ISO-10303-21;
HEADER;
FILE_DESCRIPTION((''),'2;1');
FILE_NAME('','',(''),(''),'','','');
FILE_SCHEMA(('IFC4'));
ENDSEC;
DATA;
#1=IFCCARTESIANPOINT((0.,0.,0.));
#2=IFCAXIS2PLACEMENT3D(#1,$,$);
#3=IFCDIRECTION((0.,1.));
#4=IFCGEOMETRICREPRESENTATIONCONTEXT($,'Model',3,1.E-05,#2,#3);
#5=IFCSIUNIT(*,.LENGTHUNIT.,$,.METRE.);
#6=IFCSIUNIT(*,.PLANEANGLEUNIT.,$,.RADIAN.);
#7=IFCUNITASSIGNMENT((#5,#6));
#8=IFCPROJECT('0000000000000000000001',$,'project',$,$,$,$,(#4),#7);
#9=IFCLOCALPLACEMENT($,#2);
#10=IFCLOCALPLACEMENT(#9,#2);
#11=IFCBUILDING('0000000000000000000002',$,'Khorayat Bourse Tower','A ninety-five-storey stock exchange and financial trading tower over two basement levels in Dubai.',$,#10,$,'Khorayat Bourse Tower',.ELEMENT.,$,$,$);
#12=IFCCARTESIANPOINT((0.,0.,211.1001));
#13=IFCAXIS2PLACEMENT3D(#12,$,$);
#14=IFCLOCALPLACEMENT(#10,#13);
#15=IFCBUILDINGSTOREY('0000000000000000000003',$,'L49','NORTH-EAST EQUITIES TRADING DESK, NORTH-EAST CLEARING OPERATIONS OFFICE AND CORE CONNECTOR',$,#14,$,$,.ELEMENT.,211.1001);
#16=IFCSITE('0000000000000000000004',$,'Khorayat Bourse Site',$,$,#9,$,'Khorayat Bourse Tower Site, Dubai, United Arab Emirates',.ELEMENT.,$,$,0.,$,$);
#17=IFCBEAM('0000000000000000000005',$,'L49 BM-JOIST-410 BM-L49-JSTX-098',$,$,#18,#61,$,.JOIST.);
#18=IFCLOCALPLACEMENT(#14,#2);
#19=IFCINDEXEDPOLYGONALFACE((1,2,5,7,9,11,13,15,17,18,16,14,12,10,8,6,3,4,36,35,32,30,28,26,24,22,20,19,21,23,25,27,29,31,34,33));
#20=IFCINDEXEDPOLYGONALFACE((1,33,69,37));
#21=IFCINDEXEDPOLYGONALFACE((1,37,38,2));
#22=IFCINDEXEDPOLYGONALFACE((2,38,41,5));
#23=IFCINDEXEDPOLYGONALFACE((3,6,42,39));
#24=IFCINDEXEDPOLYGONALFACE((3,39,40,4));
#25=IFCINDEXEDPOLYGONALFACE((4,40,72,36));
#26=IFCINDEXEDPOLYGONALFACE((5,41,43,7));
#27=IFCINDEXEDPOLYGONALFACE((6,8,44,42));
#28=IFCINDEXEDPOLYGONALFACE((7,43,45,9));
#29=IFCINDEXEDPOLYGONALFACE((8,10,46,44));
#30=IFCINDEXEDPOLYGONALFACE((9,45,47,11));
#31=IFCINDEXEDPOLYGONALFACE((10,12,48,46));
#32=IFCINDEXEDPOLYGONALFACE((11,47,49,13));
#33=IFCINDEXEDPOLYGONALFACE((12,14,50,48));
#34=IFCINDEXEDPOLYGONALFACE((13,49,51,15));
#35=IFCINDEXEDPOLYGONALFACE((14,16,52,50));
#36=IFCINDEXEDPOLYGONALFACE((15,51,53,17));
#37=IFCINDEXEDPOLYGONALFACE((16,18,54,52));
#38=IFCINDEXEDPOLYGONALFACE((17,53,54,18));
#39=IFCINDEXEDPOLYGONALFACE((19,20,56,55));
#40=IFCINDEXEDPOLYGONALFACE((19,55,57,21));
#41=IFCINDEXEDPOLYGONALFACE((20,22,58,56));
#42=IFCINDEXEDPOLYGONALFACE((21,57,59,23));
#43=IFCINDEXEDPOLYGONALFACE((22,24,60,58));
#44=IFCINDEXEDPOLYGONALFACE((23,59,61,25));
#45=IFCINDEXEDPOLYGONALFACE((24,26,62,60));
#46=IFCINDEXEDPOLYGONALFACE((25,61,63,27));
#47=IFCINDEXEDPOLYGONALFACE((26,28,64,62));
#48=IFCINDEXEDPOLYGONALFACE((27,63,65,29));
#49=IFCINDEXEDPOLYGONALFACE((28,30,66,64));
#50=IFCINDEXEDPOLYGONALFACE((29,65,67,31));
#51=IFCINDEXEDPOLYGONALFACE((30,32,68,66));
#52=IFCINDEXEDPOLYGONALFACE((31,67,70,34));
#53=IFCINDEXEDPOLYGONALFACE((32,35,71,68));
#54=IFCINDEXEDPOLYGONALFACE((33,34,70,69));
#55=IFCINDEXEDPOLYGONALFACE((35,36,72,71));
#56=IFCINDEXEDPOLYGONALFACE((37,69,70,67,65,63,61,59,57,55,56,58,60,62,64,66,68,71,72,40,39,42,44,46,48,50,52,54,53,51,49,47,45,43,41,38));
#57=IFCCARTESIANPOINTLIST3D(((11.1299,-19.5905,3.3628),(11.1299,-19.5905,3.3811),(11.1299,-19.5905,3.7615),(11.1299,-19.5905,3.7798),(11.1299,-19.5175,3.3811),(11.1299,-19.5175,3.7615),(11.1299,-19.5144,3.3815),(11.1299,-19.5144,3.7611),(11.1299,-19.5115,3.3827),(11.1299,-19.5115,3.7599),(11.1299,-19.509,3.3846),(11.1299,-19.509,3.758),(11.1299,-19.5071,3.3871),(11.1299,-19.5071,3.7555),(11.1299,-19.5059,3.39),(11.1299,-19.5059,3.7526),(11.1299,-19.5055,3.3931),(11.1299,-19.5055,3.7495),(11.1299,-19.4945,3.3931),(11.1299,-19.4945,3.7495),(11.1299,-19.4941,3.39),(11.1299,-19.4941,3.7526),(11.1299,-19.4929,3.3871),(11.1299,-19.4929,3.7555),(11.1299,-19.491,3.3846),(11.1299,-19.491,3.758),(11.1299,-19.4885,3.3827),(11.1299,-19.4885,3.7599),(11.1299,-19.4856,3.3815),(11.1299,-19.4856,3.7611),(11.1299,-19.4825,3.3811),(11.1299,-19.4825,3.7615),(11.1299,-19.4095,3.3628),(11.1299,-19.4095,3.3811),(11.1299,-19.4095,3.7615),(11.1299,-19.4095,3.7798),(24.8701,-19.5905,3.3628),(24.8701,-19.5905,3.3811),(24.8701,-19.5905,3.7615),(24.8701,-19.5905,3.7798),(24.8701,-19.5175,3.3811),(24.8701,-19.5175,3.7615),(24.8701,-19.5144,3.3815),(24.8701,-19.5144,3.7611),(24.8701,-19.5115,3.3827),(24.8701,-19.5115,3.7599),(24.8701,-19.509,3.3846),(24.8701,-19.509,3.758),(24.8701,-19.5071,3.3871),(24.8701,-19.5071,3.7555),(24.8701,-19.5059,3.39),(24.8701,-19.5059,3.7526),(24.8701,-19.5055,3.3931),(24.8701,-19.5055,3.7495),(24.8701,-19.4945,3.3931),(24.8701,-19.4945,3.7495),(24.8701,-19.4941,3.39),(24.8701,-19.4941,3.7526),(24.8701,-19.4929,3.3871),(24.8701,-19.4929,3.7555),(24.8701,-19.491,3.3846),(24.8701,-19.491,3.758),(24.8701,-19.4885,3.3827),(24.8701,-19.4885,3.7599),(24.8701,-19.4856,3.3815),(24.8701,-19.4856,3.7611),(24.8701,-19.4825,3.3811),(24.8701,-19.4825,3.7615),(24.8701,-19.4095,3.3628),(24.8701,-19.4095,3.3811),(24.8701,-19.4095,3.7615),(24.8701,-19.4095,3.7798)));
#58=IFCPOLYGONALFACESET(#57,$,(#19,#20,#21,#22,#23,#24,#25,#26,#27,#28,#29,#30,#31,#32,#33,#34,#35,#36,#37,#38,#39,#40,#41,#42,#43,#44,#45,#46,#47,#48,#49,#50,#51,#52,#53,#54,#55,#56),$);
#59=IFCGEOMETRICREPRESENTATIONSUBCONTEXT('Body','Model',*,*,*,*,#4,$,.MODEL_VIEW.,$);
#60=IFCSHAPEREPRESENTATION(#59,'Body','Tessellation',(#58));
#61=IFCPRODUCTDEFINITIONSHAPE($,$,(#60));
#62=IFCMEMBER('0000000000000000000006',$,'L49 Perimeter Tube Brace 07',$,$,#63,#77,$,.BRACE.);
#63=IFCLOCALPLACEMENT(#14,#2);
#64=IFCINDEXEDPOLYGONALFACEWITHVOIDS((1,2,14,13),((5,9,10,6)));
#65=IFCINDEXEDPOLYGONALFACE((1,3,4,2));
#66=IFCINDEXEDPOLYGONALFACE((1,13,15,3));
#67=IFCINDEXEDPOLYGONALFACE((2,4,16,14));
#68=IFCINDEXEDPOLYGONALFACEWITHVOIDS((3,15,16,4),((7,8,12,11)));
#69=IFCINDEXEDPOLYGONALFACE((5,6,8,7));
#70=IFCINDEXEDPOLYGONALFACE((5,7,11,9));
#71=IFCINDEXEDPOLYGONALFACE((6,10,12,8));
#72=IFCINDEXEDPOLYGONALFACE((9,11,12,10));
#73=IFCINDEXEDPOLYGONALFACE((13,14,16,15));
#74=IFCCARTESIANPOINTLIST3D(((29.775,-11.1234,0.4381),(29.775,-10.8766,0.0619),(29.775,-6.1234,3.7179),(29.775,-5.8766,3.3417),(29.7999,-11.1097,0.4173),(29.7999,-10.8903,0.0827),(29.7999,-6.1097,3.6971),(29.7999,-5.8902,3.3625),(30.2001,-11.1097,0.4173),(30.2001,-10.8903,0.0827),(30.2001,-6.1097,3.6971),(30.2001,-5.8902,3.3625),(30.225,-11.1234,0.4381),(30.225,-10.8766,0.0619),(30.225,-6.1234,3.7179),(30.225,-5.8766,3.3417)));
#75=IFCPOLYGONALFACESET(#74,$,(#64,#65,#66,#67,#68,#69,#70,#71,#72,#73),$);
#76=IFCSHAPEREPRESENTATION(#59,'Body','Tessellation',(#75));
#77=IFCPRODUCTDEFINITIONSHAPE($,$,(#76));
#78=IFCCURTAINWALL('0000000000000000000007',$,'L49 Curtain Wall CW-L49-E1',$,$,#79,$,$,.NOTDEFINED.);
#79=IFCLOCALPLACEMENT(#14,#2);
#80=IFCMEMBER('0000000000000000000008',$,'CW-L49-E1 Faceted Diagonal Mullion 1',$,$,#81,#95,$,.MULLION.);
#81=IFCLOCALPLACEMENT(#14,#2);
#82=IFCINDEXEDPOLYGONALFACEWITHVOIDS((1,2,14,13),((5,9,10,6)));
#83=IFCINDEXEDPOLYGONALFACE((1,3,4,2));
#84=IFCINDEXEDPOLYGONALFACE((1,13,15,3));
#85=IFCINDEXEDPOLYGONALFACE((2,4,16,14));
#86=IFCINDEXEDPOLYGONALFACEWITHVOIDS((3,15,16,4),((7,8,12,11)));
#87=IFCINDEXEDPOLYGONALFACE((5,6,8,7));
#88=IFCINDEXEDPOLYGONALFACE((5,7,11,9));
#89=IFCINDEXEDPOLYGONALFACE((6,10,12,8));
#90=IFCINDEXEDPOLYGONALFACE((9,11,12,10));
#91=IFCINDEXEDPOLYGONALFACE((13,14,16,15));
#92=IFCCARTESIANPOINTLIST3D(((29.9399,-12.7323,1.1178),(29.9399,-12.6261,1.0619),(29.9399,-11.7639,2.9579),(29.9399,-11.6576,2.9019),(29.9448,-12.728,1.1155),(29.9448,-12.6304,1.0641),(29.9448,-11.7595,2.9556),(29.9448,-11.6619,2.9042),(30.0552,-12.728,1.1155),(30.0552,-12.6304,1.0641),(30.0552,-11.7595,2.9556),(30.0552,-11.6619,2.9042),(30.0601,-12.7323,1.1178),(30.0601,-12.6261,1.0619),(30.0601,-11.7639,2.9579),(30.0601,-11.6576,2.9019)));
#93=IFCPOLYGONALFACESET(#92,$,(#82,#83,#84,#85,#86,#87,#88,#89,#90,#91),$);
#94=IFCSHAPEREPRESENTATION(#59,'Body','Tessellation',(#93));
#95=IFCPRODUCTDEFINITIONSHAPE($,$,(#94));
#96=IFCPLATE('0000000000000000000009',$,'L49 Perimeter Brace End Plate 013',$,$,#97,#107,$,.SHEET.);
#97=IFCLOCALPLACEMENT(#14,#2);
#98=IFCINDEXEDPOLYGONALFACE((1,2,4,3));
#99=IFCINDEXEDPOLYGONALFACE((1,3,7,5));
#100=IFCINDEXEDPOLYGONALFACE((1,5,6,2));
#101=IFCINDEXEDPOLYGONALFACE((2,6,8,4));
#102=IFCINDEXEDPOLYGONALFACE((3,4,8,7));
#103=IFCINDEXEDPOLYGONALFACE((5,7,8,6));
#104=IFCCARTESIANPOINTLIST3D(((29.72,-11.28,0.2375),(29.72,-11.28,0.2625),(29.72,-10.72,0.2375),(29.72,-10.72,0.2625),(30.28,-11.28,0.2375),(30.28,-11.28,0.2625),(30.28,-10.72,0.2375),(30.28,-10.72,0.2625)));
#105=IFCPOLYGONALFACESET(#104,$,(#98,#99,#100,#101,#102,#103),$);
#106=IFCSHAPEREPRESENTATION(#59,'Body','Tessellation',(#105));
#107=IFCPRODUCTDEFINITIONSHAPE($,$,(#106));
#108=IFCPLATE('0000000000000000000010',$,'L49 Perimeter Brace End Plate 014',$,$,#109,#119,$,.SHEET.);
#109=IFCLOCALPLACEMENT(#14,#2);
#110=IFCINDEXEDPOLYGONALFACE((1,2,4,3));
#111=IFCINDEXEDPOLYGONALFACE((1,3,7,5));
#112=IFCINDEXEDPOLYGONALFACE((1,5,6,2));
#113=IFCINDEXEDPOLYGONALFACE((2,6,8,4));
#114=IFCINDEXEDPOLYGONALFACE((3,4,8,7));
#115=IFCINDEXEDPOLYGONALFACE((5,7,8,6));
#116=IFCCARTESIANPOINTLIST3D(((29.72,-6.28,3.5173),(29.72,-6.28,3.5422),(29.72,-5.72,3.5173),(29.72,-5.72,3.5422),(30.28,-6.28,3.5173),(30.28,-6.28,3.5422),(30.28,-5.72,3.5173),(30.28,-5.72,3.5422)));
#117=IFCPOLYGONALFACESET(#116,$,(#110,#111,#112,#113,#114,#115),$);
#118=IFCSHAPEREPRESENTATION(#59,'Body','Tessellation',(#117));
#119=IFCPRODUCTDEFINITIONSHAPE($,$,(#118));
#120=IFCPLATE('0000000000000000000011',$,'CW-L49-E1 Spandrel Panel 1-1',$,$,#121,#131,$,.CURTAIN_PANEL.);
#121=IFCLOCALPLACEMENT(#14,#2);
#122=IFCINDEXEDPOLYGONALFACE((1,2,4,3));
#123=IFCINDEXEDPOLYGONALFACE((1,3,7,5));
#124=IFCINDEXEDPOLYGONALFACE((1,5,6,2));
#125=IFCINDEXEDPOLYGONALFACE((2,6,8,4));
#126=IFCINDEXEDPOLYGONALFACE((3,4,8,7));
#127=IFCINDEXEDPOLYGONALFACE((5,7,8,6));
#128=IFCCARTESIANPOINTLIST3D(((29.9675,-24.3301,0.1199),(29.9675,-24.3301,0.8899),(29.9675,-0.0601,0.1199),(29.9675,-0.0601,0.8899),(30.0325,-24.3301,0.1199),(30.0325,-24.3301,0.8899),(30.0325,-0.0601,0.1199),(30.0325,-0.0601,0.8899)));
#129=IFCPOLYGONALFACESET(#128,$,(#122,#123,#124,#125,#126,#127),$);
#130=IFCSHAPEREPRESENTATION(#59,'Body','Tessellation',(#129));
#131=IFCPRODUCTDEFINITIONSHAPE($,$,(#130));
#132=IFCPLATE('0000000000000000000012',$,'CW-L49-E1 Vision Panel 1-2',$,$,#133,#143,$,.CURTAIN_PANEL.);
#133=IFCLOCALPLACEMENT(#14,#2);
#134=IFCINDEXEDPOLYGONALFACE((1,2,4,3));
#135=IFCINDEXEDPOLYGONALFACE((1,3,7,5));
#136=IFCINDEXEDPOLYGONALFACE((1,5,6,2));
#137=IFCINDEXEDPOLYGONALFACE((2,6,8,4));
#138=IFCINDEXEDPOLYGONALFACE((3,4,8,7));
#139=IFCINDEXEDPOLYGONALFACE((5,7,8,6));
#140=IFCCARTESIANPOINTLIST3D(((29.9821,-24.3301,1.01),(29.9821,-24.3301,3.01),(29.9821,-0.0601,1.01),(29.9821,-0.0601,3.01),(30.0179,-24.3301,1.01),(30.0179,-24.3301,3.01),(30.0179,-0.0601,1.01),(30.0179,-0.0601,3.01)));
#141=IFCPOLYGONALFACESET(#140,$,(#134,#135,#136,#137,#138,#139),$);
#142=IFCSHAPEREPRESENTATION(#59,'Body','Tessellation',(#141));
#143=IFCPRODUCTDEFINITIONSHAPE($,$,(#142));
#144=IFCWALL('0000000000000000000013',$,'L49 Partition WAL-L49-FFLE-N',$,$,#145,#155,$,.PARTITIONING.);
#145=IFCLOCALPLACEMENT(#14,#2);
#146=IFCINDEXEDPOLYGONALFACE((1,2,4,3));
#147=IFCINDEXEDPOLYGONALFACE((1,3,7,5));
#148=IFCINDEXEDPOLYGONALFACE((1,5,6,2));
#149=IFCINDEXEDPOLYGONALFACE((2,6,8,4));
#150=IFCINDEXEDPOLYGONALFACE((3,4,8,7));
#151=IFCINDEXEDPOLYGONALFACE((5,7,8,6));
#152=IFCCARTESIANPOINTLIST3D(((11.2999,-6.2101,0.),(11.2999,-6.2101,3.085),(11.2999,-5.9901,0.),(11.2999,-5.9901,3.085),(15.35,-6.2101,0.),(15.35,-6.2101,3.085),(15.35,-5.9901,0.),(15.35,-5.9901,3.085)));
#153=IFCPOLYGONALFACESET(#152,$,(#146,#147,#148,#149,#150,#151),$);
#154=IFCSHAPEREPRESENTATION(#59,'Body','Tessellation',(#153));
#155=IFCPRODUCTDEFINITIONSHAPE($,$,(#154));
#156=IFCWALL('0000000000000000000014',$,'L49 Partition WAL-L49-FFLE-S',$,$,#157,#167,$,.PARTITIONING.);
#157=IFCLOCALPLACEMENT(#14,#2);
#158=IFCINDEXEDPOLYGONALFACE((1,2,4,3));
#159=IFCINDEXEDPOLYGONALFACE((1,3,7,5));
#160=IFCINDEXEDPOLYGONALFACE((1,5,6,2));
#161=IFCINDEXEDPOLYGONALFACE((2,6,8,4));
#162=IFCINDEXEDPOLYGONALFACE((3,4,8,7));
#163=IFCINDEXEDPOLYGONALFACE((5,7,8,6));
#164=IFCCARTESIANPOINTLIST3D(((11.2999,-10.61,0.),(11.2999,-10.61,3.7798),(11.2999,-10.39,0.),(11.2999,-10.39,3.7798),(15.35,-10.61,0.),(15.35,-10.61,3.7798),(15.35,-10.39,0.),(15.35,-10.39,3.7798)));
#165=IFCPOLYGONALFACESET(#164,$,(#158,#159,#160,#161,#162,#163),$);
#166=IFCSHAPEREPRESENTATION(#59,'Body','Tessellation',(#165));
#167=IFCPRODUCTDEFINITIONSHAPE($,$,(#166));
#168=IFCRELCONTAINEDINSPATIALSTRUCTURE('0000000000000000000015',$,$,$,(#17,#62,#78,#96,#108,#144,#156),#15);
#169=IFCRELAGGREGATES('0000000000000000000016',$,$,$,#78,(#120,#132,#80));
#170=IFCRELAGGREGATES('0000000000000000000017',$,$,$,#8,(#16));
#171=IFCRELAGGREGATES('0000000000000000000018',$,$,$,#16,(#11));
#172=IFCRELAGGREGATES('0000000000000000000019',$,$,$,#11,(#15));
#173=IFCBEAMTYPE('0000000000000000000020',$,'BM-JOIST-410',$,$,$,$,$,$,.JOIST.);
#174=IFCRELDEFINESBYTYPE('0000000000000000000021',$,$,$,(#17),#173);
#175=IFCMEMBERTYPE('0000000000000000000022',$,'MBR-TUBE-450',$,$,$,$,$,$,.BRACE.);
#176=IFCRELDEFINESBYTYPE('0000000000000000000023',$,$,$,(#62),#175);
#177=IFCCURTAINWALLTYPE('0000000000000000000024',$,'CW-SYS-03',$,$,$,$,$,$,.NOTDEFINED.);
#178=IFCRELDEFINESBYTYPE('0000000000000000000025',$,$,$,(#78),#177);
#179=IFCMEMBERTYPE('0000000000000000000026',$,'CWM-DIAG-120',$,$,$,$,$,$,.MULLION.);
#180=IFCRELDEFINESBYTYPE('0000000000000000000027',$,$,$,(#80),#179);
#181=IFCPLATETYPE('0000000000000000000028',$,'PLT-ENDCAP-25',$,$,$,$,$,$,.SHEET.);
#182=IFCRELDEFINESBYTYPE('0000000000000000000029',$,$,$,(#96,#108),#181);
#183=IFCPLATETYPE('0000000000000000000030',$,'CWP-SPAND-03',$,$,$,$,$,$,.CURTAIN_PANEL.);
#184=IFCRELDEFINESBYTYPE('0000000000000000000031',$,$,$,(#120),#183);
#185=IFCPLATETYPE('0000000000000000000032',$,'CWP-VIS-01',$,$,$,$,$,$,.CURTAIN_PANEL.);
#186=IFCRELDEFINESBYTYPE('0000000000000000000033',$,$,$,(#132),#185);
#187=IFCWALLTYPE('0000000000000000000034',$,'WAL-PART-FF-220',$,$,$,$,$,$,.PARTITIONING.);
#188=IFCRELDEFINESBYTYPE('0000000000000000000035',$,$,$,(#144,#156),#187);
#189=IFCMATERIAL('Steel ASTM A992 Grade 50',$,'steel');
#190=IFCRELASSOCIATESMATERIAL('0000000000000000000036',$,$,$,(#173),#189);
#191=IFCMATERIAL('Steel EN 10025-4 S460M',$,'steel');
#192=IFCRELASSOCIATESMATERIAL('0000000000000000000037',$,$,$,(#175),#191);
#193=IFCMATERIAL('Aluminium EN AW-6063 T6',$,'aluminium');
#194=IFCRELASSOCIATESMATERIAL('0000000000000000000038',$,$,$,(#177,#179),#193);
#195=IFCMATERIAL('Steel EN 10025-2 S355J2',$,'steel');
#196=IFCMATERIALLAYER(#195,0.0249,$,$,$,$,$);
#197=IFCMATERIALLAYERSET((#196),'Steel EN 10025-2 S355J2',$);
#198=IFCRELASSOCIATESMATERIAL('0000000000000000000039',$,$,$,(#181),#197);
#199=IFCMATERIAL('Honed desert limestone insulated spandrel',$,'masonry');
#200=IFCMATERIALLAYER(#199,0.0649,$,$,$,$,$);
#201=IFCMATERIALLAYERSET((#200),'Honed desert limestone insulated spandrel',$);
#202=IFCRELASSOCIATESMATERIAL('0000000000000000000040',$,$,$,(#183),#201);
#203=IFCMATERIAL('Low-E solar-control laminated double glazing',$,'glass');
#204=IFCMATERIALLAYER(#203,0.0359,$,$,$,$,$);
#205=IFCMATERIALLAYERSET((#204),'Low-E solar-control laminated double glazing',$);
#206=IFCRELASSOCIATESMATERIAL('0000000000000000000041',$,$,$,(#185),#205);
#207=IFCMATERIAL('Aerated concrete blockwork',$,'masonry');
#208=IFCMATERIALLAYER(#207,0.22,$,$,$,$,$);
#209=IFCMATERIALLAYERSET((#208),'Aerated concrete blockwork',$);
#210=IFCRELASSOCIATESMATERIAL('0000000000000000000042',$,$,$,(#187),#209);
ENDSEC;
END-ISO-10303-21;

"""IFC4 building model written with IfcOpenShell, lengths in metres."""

from ifc_helpers import new_model, si_unit, direction, frame, frame_2d, origin, origin_2d, place, context, subcontext, project, spatial, rectangle, hollow_rectangle, i_section, extrude, source, transform, mapped, material, layer, layer_set, material_profile, profile_set, type_object, element, aggregate, save


model = new_model("IFC4")

# Units and contexts
model_context = context("Model", 3, precision=1e-05, world=origin(), true_north=direction((0.0, 1.0)))
body_context = subcontext(model_context, "Body", "Model", "MODEL_VIEW")
ifc_project = project(units=[si_unit("LENGTHUNIT", "METRE"), si_unit("PLANEANGLEUNIT", "RADIAN")], contexts=[model_context])

# Site, building, storey
site_placement = place(None, origin())
site = spatial("IfcSite", under=ifc_project, at=site_placement, Name="Khorayat Bourse Site", LongName="Khorayat Bourse Tower Site, Dubai, United Arab Emirates", CompositionType="ELEMENT", RefElevation=0.0)
building_placement = place(site_placement, origin())
building = spatial("IfcBuilding", under=site, at=building_placement, Name="Khorayat Bourse Tower", Description="A ninety-five-storey stock exchange and financial trading tower over two basement levels in Dubai.", LongName="Khorayat Bourse Tower", CompositionType="ELEMENT")
storey_placement = place(building_placement, frame((0.0, 0.0, 211.1001)))
storey = spatial("IfcBuildingStorey", under=building, at=storey_placement, Name="L49", Description="NORTH-EAST EQUITIES TRADING DESK, NORTH-EAST CLEARING OPERATIONS OFFICE AND CORE CONNECTOR", CompositionType="ELEMENT", Elevation=211.1001)

# Shared definitions
ifc_material_1 = material(Name="Steel EN 10025-4 S460M", Category="steel")

# Beam
ifc_material_2 = material(Name="Steel ASTM A992 Grade 50", Category="steel")
ifc_material_profile_1 = material_profile(ifc_material_2, i_section(OverallWidth=0.1809, OverallDepth=0.417, WebThickness=0.011, FlangeThickness=0.0183, FilletRadius=0.012, at=origin_2d()), Name="W410X85")
ifc_profile_set_1 = profile_set([ifc_material_profile_1], Name="Steel ASTM A992 Grade 50")
beam_type_1 = type_object("IfcBeamType", Name="BM-JOIST-410", PredefinedType="JOIST", material=ifc_profile_set_1)
shared_shape_1 = source(origin(), body_context, "Body", "SweptSolid", [
    extrude(i_section(OverallWidth=0.1809, OverallDepth=0.417, WebThickness=0.011, FlangeThickness=0.0183, FilletRadius=0.012, at=origin_2d()), origin(), (0.0, 0.0, 1.0), 13.7402),
])
beam_1_placement = place(storey_placement, frame((11.1299, -19.5, 3.5713), z_axis=(1.0, 0.0, 0.0), x_axis=(0.0, 1.0, 0.0)))
element("IfcBeam", 1, at=beam_1_placement, inside=storey, type_object=beam_type_1, Name="L49 BM-JOIST-410 BM-L49-JSTX-098", PredefinedType="JOIST", context=body_context, shape_type="MappedRepresentation", body=[
    mapped(shared_shape_1, transform((0.0, 0.0, 0.0), scale=1.0)),
])

# Member
ifc_material_profile_2 = material_profile(ifc_material_1, hollow_rectangle(XDim=0.45, YDim=0.45, WallThickness=0.0249, at=origin_2d()), Name="HSS 450x450x25")
ifc_profile_set_2 = profile_set([ifc_material_profile_2], Name="Steel EN 10025-4 S460M")
member_type_1 = type_object("IfcMemberType", Name="MBR-TUBE-450", PredefinedType="BRACE", material=ifc_profile_set_2)
shared_shape_2 = source(origin(), body_context, "Body", "SweptSolid", [
    extrude(hollow_rectangle(XDim=0.45, YDim=0.45, WallThickness=0.0249, at=origin_2d()), origin(), (0.0, 0.0, 1.0), 5.9797),
])
member_1_placement = place(storey_placement, frame((30.0, -11.0, 0.25), z_axis=(0.0, 0.83616, 0.548485), x_axis=(-1.0, 0.0, 0.0)))
element("IfcMember", 2, at=member_1_placement, inside=storey, type_object=member_type_1, Name="L49 Perimeter Tube Brace 07", PredefinedType="BRACE", context=body_context, shape_type="MappedRepresentation", body=[
    mapped(shared_shape_2, transform((0.0, 0.0, 0.0), scale=1.0)),
])

# Curtain wall, member
ifc_material_3 = material(Name="Aluminium EN AW-6063 T6", Category="aluminium")
curtain_wall_type = type_object("IfcCurtainWallType", Name="CW-SYS-03", PredefinedType="NOTDEFINED", material=ifc_material_3)
curtain_wall_placement = place(storey_placement, origin())
curtain_wall = element("IfcCurtainWall", 3, at=curtain_wall_placement, inside=storey, type_object=curtain_wall_type, Name="L49 Curtain Wall CW-L49-E1", PredefinedType="NOTDEFINED")
ifc_material_profile_3 = material_profile(ifc_material_3, hollow_rectangle(XDim=0.1201, YDim=0.1201, WallThickness=0.0049, at=origin_2d()), Name="ALU 120x120x5")
ifc_profile_set_3 = profile_set([ifc_material_profile_3], Name="Aluminium EN AW-6063 T6")
member_type_2 = type_object("IfcMemberType", Name="CWM-DIAG-120", PredefinedType="MULLION", material=ifc_profile_set_3)
shared_shape_3 = source(origin(), body_context, "Body", "SweptSolid", [
    extrude(hollow_rectangle(XDim=0.1201, YDim=0.1201, WallThickness=0.0049, at=origin_2d()), origin(), (0.0, 0.0, 1.0), 2.0793),
])
member_2_placement = place(storey_placement, frame((30.0, -12.6792, 1.0898), z_axis=(0.0, 0.465761, 0.884911), x_axis=(-1.0, 0.0, 0.0)))
member_2 = element("IfcMember", 4, at=member_2_placement, type_object=member_type_2, Name="CW-L49-E1 Faceted Diagonal Mullion 1", PredefinedType="MULLION", context=body_context, shape_type="MappedRepresentation", body=[
    mapped(shared_shape_3, transform((0.0, 0.0, 0.0), scale=1.0)),
])

# Plates
ifc_material_4 = material(Name="Steel EN 10025-2 S355J2", Category="steel")
ifc_layer_1 = layer(ifc_material_4, 0.0249)
ifc_layer_set_1 = layer_set([ifc_layer_1], Name="Steel EN 10025-2 S355J2")
plate_type_1 = type_object("IfcPlateType", Name="PLT-ENDCAP-25", PredefinedType="SHEET", material=ifc_layer_set_1)
shared_shape_4 = source(origin(), body_context, "Body", "SweptSolid", [
    extrude(rectangle(XDim=0.5601, YDim=0.5601, at=origin_2d()), origin(), (0.0, 0.0, 1.0), 0.0249),
])
for number, where, z_axis, x_axis, name in (
    (5, (30.0, -11.0, 0.2375), (0.0, 0.0, 1.0), (1.0, 0.0, 0.0), "L49 Perimeter Brace End Plate 013"),
    (6, (30.0, -6.0, 3.5173), (0.0, 0.0, 1.0), (1.0, 0.0, 0.0), "L49 Perimeter Brace End Plate 014"),
):
    element("IfcPlate", number, at=place(storey_placement, frame(where, z_axis=z_axis, x_axis=x_axis)), inside=storey, type_object=plate_type_1, Name=name, PredefinedType="SHEET", context=body_context, shape_type="MappedRepresentation", body=[
        mapped(shared_shape_4, transform((0.0, 0.0, 0.0), scale=1.0)),
    ])

# Plates
ifc_material_5 = material(Name="Honed desert limestone insulated spandrel", Category="masonry")
ifc_layer_2 = layer(ifc_material_5, 0.0649)
ifc_layer_set_2 = layer_set([ifc_layer_2], Name="Honed desert limestone insulated spandrel")
plate_type_2 = type_object("IfcPlateType", Name="CWP-SPAND-03", PredefinedType="CURTAIN_PANEL", material=ifc_layer_set_2)
shared_shape_5 = source(origin(), body_context, "Body", "SweptSolid", [
    extrude(rectangle(XDim=24.27, YDim=0.0649, at=origin_2d()), origin(), (0.0, 0.0, 1.0), 0.77),
])
plate_1_placement = place(storey_placement, frame((30.0, -12.1951, 0.1199), z_axis=(0.0, 0.0, 1.0), x_axis=(0.0, 1.0, 0.0)))
plate_1 = element("IfcPlate", 7, at=plate_1_placement, type_object=plate_type_2, Name="CW-L49-E1 Spandrel Panel 1-1", PredefinedType="CURTAIN_PANEL", context=body_context, shape_type="MappedRepresentation", body=[
    mapped(shared_shape_5, transform((0.0, 0.0, 0.0), scale=1.0)),
])
ifc_material_6 = material(Name="Low-E solar-control laminated double glazing", Category="glass")
ifc_layer_3 = layer(ifc_material_6, 0.0359)
ifc_layer_set_3 = layer_set([ifc_layer_3], Name="Low-E solar-control laminated double glazing")
plate_type_3 = type_object("IfcPlateType", Name="CWP-VIS-01", PredefinedType="CURTAIN_PANEL", material=ifc_layer_set_3)
shared_shape_6 = source(origin(), body_context, "Body", "SweptSolid", [
    extrude(rectangle(XDim=24.27, YDim=0.0359, at=origin_2d()), origin(), (0.0, 0.0, 1.0), 2.0),
])
plate_2_placement = place(storey_placement, frame((30.0, -12.1951, 1.01), z_axis=(0.0, 0.0, 1.0), x_axis=(0.0, 1.0, 0.0)))
plate_2 = element("IfcPlate", 8, at=plate_2_placement, type_object=plate_type_3, Name="CW-L49-E1 Vision Panel 1-2", PredefinedType="CURTAIN_PANEL", context=body_context, shape_type="MappedRepresentation", body=[
    mapped(shared_shape_6, transform((0.0, 0.0, 0.0), scale=1.0)),
])
aggregate(curtain_wall, [plate_1, plate_2, member_2])

# Walls
ifc_material_7 = material(Name="Aerated concrete blockwork", Category="masonry")
ifc_layer_4 = layer(ifc_material_7, 0.22)
ifc_layer_set_4 = layer_set([ifc_layer_4], Name="Aerated concrete blockwork")
wall_type_1 = type_object("IfcWallType", Name="WAL-PART-FF-220", PredefinedType="PARTITIONING", material=ifc_layer_set_4)
shared_shape_7 = source(origin(), body_context, "Body", "SweptSolid", [
    extrude(rectangle(XDim=4.05, YDim=0.22, at=frame_2d((2.0249, 0.0))), origin(), (0.0, 0.0, 1.0), 3.085),
])
wall_1_placement = place(storey_placement, frame((11.3, -6.1001, 0.0), z_axis=(0.0, 0.0, 1.0), x_axis=(1.0, 0.0, 0.0)))
element("IfcWall", 9, at=wall_1_placement, inside=storey, type_object=wall_type_1, Name="L49 Partition WAL-L49-FFLE-N", PredefinedType="PARTITIONING", context=body_context, shape_type="MappedRepresentation", body=[
    mapped(shared_shape_7, transform((0.0, 0.0, 0.0), scale=1.0)),
])
shared_shape_8 = source(origin(), body_context, "Body", "SweptSolid", [
    extrude(rectangle(XDim=4.05, YDim=0.22, at=frame_2d((2.0249, 0.0))), origin(), (0.0, 0.0, 1.0), 3.7798),
])
wall_2_placement = place(storey_placement, frame((11.3, -10.5, 0.0), z_axis=(0.0, 0.0, 1.0), x_axis=(1.0, 0.0, 0.0)))
element("IfcWall", 10, at=wall_2_placement, inside=storey, type_object=wall_type_1, Name="L49 Partition WAL-L49-FFLE-S", PredefinedType="PARTITIONING", context=body_context, shape_type="MappedRepresentation", body=[
    mapped(shared_shape_8, transform((0.0, 0.0, 0.0), scale=1.0)),
])

save(model, "model.ifc")
